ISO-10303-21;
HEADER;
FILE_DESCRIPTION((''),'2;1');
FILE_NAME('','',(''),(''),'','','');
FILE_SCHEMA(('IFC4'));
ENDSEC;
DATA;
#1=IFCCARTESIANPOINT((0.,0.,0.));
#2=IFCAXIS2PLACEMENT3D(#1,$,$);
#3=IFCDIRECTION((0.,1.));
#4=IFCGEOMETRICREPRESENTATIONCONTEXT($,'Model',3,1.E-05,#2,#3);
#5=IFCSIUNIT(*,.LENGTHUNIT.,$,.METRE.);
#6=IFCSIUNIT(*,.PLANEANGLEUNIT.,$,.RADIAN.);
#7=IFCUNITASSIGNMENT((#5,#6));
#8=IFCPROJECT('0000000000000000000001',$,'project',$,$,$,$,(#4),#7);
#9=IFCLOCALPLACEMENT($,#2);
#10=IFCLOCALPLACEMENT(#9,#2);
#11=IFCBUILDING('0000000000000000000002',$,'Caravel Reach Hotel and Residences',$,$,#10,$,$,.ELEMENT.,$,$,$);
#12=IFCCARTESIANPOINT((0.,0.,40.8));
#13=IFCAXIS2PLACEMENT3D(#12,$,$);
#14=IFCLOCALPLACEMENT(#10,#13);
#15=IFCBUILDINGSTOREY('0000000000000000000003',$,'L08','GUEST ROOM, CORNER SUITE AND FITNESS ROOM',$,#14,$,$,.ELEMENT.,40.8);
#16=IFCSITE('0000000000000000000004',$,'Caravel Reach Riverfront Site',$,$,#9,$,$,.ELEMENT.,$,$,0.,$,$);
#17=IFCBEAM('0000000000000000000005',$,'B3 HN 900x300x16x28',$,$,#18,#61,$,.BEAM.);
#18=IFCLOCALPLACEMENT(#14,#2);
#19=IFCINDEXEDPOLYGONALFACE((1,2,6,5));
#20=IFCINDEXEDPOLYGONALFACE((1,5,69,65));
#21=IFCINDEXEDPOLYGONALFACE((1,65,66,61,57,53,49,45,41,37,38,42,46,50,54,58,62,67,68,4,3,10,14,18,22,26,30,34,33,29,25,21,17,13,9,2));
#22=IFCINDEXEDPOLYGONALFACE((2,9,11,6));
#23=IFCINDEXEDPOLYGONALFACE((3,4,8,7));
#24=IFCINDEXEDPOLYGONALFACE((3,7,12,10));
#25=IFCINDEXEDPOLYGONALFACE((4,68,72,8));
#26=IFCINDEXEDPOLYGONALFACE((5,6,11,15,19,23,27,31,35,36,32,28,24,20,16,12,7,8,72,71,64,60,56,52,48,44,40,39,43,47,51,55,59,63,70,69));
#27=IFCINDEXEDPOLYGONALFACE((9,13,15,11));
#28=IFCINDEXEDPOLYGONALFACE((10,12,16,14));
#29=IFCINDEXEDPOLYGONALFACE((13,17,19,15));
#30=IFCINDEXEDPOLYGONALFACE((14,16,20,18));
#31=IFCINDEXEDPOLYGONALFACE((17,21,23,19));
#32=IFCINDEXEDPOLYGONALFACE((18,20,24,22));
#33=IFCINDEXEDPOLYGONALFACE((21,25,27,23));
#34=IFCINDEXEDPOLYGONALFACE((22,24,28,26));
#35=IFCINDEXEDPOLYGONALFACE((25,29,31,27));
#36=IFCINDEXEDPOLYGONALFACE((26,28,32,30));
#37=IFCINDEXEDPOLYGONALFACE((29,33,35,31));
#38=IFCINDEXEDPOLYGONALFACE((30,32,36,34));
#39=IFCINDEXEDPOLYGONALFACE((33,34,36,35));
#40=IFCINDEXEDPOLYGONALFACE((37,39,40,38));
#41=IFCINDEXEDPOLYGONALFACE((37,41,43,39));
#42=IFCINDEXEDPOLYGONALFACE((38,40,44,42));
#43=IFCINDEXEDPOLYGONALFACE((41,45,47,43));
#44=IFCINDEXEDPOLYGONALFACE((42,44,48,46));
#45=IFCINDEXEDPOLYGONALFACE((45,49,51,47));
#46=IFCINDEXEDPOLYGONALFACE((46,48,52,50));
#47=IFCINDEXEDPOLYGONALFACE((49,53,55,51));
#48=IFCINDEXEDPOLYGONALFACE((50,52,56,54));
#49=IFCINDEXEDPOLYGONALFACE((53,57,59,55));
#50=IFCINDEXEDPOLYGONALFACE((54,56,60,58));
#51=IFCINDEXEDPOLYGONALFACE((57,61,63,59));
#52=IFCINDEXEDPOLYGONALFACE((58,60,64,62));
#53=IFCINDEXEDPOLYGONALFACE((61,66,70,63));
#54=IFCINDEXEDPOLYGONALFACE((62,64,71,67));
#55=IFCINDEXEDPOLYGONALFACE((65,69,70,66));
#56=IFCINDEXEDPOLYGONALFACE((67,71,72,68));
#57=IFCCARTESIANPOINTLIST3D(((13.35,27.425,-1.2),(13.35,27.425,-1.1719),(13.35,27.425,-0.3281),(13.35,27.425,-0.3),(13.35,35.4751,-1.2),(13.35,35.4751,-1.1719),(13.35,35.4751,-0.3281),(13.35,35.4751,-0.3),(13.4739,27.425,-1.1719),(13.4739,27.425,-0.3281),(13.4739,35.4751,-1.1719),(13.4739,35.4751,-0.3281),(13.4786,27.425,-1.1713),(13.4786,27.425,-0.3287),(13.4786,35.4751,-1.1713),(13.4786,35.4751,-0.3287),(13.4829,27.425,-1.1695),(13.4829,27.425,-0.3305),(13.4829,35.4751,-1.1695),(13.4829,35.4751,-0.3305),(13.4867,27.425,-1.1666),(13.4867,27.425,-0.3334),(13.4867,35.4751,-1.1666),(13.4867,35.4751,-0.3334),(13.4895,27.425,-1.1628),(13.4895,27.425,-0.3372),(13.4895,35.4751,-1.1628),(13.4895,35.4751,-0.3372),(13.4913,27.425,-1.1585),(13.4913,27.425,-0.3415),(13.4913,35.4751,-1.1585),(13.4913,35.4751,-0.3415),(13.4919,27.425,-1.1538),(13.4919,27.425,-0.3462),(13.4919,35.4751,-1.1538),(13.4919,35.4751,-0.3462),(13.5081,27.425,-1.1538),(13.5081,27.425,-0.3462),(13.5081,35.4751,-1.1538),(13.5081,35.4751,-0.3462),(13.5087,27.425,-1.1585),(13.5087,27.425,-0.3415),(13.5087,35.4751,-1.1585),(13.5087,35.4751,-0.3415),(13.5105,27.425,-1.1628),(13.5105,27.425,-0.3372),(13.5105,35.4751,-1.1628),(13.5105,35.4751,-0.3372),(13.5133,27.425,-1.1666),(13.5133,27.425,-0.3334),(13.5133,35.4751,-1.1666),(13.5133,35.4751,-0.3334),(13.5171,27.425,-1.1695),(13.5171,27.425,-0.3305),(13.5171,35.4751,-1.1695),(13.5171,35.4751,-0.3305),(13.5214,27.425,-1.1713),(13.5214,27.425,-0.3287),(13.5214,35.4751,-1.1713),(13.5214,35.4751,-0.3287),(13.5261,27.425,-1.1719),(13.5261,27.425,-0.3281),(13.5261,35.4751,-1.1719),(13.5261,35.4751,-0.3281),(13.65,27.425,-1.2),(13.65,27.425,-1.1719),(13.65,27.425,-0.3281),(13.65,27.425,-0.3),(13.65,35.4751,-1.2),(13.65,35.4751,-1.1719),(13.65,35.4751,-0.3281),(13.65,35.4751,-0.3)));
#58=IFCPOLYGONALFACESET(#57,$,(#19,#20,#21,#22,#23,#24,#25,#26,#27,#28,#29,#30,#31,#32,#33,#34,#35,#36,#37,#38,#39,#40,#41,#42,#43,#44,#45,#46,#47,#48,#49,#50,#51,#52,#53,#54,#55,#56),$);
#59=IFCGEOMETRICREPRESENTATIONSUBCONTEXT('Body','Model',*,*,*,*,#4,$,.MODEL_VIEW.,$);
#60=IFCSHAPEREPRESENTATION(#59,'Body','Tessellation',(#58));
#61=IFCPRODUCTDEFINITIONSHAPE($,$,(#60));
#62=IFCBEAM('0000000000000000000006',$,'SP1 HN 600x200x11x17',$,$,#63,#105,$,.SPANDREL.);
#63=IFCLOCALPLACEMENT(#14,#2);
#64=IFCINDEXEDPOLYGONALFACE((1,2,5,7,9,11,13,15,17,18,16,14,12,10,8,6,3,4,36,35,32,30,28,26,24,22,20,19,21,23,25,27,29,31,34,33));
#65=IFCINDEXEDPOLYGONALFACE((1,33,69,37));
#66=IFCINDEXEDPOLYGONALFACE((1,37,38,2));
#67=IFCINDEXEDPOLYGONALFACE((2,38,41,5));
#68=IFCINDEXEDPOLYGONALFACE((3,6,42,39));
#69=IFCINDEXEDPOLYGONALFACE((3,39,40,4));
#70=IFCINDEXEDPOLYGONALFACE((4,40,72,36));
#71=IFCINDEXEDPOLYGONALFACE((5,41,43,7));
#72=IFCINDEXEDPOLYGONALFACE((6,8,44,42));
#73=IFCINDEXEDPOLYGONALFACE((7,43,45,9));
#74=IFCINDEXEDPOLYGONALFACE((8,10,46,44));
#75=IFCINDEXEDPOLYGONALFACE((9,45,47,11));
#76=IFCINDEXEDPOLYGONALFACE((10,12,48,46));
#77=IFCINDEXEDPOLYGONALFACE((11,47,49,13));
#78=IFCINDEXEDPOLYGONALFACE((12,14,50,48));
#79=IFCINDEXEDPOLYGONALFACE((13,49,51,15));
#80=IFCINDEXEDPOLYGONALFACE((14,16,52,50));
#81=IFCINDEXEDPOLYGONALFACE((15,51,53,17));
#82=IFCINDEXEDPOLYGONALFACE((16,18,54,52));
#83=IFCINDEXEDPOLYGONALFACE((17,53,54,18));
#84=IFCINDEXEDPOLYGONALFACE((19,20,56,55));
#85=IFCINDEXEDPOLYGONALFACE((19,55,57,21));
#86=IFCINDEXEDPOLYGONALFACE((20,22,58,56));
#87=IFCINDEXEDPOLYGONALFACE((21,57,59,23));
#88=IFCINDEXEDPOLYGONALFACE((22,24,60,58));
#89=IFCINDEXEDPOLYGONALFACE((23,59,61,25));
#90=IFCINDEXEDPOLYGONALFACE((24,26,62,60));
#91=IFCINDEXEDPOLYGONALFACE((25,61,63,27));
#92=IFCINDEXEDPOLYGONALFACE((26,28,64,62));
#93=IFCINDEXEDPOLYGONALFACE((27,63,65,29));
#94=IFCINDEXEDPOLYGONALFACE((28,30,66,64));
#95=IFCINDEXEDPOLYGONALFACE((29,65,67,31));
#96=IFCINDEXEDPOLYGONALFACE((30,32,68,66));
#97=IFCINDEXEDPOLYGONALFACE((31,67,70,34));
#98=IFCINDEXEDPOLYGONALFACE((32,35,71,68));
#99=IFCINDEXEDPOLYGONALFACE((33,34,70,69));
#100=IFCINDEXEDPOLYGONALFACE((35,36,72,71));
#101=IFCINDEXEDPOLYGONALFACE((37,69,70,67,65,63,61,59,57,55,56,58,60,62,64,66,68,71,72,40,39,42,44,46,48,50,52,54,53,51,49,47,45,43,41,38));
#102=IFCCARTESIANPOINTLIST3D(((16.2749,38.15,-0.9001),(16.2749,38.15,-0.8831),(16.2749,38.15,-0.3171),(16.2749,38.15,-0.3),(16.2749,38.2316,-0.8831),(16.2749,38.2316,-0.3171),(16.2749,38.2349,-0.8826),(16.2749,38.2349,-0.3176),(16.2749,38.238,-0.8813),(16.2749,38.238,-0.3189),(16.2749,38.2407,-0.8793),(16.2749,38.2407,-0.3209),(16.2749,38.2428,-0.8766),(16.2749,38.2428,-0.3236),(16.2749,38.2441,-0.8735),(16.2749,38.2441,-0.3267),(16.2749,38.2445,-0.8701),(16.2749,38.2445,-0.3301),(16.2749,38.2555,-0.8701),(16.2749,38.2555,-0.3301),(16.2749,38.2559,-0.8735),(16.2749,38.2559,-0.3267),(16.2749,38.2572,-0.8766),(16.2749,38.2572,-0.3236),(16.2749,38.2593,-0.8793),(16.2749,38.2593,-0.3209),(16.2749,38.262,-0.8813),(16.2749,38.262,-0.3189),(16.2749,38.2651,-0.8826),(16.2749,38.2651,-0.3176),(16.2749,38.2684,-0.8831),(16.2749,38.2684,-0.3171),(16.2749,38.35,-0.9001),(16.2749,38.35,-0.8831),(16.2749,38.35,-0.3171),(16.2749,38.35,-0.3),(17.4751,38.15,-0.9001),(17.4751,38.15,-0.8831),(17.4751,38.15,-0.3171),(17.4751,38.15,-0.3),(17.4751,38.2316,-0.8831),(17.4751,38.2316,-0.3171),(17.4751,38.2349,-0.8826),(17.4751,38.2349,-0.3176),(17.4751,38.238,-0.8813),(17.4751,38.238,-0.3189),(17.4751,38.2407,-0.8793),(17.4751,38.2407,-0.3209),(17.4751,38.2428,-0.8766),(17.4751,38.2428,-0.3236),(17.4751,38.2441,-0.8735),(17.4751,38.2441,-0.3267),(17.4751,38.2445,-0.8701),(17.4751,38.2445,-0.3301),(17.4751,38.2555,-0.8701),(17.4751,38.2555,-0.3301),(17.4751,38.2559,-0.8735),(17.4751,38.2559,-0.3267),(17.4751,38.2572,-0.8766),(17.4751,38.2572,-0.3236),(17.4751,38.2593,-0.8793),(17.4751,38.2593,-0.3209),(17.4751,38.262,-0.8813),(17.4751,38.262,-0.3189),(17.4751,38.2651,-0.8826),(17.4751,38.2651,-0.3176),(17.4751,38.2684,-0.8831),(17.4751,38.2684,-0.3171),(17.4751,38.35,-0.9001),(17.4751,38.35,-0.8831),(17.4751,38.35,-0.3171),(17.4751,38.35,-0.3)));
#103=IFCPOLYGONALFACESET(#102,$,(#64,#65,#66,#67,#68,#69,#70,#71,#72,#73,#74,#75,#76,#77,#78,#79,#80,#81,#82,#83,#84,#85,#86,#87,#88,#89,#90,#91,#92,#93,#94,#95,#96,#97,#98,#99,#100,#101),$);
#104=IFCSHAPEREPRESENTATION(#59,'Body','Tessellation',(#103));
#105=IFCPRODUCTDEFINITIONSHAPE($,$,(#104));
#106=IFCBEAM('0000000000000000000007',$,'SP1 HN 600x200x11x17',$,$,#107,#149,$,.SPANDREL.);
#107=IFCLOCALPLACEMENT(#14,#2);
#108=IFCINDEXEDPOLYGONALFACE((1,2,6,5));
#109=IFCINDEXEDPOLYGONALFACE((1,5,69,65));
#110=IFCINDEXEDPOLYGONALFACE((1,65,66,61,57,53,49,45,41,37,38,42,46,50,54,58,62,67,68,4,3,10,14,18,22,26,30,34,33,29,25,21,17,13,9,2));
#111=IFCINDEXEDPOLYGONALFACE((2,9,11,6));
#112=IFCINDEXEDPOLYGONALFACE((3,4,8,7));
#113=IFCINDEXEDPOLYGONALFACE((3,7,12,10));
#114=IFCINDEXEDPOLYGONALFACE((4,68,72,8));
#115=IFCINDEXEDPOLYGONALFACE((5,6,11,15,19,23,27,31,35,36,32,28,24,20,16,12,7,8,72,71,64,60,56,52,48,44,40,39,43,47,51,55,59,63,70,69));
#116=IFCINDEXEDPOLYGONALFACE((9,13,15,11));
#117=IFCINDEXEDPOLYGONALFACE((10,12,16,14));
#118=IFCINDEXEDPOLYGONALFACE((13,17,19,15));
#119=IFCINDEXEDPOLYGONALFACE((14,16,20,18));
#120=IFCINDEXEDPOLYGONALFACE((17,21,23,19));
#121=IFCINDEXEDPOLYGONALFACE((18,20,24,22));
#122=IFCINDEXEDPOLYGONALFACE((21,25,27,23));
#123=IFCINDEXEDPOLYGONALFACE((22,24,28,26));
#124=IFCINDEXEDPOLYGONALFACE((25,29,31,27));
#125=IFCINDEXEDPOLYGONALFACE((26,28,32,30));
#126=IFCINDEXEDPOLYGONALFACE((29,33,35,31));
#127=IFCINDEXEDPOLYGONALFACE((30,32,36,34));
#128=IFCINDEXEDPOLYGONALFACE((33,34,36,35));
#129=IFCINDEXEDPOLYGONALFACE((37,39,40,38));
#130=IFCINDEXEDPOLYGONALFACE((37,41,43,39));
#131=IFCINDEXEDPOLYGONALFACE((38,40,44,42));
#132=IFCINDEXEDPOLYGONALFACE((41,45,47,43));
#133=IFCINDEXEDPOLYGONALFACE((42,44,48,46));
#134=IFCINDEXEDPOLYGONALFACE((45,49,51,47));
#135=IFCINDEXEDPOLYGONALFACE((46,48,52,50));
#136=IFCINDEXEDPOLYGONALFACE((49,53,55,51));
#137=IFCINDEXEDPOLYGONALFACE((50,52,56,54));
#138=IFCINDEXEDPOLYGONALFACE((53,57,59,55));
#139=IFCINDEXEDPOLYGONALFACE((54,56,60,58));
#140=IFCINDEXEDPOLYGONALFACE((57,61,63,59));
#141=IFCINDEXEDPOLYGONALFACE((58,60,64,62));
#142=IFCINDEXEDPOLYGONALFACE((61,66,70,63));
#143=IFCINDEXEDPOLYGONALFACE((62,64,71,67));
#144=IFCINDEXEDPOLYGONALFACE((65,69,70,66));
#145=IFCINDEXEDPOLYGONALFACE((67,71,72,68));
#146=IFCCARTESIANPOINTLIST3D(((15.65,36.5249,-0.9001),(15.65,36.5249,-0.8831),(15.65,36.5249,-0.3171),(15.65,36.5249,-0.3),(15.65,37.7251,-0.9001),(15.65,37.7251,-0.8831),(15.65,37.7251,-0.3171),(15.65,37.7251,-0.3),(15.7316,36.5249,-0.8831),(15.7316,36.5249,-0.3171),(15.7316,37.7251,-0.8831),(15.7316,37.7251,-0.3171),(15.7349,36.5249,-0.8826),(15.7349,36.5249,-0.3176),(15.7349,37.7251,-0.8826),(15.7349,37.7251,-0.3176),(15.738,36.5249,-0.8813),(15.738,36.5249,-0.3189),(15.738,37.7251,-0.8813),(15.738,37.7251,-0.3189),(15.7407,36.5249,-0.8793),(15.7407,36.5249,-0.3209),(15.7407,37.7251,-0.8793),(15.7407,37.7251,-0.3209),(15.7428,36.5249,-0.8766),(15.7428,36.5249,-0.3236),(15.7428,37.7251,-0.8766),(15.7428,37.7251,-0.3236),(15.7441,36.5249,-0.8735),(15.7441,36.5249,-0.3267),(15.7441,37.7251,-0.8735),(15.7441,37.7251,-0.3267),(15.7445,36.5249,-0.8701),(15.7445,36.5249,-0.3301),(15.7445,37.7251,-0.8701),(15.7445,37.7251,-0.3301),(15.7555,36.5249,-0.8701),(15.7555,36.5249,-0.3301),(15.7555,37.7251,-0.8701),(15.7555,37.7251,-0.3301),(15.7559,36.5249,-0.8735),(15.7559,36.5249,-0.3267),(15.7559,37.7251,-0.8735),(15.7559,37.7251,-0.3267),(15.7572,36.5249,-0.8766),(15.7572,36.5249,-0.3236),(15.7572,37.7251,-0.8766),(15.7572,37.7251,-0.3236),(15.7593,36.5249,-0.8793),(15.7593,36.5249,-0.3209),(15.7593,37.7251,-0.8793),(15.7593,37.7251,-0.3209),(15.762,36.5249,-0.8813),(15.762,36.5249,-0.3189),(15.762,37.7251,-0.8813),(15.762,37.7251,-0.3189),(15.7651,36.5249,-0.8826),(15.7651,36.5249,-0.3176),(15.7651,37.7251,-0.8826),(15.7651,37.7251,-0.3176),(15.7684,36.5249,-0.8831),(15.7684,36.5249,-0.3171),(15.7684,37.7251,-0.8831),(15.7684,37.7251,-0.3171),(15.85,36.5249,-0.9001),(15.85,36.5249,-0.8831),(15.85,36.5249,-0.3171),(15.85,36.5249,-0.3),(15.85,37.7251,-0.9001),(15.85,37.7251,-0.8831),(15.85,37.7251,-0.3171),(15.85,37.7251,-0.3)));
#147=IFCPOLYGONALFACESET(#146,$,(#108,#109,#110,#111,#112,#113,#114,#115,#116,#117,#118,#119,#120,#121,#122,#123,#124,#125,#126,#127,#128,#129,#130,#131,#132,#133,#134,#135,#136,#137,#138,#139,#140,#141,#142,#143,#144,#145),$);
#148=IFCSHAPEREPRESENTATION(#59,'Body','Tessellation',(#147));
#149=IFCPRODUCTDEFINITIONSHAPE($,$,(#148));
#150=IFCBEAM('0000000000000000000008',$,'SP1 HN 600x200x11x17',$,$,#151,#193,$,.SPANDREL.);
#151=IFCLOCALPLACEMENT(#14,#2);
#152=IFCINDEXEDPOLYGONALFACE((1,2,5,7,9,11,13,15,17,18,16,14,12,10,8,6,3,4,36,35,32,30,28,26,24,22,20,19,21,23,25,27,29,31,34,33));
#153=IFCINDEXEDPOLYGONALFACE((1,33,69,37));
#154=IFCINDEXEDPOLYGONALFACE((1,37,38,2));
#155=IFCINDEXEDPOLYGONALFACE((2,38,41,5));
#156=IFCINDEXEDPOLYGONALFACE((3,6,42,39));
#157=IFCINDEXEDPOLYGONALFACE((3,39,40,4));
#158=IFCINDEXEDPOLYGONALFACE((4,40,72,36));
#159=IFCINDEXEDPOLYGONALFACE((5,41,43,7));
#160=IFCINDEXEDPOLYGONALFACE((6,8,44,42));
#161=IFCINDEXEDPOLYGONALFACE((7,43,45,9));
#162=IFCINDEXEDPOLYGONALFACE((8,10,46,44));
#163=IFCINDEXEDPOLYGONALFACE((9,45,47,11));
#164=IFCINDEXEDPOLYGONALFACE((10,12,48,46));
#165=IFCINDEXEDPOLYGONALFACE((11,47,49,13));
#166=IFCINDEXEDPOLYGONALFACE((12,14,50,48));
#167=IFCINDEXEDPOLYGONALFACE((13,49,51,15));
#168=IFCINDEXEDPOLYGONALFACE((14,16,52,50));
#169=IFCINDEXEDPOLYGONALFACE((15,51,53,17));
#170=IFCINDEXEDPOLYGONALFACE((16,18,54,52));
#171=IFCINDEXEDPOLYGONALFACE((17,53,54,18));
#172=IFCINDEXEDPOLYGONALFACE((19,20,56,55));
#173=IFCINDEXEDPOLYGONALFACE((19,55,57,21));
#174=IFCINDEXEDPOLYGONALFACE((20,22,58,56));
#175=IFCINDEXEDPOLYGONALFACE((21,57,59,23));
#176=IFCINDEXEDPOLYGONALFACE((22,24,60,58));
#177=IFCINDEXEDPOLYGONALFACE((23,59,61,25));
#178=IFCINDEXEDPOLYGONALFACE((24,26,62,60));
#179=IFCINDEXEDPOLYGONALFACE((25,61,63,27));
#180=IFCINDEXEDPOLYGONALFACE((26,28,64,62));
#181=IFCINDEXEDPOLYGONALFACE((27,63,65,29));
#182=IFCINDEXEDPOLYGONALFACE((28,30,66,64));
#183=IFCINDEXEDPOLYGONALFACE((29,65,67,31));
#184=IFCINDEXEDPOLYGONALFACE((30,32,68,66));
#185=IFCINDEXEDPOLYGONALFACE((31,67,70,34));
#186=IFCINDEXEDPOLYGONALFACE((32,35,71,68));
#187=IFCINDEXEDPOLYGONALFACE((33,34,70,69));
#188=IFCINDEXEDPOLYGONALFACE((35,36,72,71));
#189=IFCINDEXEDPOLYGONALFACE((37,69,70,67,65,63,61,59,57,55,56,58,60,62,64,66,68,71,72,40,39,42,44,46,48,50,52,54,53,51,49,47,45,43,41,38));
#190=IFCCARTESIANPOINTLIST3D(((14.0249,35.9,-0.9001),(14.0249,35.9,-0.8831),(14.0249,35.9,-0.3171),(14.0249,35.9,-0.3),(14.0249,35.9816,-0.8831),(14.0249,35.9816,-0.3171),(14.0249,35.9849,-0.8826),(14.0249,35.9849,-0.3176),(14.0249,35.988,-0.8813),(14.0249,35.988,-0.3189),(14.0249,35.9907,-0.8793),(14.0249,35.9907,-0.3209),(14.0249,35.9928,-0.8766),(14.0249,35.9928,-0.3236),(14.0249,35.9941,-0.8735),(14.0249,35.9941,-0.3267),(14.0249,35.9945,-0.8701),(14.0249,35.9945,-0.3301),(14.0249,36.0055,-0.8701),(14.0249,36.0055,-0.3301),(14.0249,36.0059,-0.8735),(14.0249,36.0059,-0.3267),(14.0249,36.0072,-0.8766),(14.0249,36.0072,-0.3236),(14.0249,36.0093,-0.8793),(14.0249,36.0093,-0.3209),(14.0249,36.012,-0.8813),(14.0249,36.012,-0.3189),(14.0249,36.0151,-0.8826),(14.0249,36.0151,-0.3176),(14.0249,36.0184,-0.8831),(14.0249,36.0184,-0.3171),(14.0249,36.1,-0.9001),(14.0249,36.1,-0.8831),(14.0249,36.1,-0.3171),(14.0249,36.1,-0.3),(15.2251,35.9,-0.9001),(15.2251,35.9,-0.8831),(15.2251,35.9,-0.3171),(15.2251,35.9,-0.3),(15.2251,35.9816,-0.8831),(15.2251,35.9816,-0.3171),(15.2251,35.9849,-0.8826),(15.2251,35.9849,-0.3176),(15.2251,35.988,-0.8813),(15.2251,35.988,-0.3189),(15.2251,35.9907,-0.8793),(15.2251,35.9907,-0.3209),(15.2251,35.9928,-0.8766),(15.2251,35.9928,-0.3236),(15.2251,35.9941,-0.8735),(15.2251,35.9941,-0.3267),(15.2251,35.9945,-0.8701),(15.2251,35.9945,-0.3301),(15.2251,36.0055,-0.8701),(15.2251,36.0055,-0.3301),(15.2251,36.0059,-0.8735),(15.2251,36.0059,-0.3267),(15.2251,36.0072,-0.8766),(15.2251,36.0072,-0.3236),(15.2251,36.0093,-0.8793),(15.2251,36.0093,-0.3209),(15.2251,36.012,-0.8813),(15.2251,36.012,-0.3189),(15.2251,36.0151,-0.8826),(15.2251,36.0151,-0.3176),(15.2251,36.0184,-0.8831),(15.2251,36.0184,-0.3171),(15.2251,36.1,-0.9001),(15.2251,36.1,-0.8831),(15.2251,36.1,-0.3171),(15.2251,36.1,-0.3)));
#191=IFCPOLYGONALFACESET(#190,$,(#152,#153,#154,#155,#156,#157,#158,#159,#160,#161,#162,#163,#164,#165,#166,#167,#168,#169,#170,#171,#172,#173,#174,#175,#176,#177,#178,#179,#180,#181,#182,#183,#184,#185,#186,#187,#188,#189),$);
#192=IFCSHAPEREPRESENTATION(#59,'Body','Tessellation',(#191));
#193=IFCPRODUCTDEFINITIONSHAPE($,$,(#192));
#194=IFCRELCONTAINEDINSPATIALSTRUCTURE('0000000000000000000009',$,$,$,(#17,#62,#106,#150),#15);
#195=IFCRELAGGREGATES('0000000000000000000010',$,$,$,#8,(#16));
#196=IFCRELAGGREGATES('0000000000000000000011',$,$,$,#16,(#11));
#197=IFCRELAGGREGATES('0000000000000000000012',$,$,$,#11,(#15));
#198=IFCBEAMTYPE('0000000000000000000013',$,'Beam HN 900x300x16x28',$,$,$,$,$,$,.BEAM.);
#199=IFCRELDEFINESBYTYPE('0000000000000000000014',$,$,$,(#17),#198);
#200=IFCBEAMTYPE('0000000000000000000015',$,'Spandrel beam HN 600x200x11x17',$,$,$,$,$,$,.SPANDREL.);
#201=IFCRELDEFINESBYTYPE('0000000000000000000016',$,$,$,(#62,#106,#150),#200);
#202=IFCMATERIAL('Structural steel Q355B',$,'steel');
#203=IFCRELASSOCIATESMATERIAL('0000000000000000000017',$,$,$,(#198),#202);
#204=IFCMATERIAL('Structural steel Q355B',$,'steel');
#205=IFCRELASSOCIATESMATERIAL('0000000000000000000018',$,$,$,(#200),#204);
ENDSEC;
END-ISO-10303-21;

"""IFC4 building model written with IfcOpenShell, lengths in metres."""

from ifc_helpers import new_model, si_unit, direction, frame, origin, origin_2d, place, context, subcontext, project, spatial, i_section, extrude, material, material_profile, profile_set, type_object, element, save


model = new_model("IFC4")

# Units and contexts
model_context = context("Model", 3, precision=1e-05, world=origin(), true_north=direction((0.0, 1.0)))
body_context = subcontext(model_context, "Body", "Model", "MODEL_VIEW")
ifc_project = project(units=[si_unit("LENGTHUNIT", "METRE"), si_unit("PLANEANGLEUNIT", "RADIAN")], contexts=[model_context])

# Site, building, storey
site_placement = place(None, origin())
site = spatial("IfcSite", under=ifc_project, at=site_placement, Name="Caravel Reach Riverfront Site", CompositionType="ELEMENT", RefElevation=0.0)
building_placement = place(site_placement, origin())
building = spatial("IfcBuilding", under=site, at=building_placement, Name="Caravel Reach Hotel and Residences", CompositionType="ELEMENT")
storey_placement = place(building_placement, frame((0.0, 0.0, 40.8)))
storey = spatial("IfcBuildingStorey", under=building, at=storey_placement, Name="L08", Description="GUEST ROOM, CORNER SUITE AND FITNESS ROOM", CompositionType="ELEMENT", Elevation=40.8)

# Beams
ifc_material_1 = material(Name="Structural steel Q355B", Category="steel")
ifc_material_profile_1 = material_profile(ifc_material_1, i_section(OverallWidth=0.3, OverallDepth=0.8999, WebThickness=0.0161, FlangeThickness=0.0281, FilletRadius=0.0181, at=origin_2d()), Name="HN 900x300x16x28")
ifc_profile_set_1 = profile_set([ifc_material_profile_1], Name="Structural steel Q355B")
beam_type_1 = type_object("IfcBeamType", Name="Beam HN 900x300x16x28", PredefinedType="BEAM", material=ifc_profile_set_1)
beam_1_placement = place(storey_placement, frame((13.5, 27.425, -0.75), z_axis=(0.0, 1.0, 0.0), x_axis=(-1.0, 0.0, 0.0)))
element("IfcBeam", 1, at=beam_1_placement, inside=storey, type_object=beam_type_1, Name="B3 HN 900x300x16x28", PredefinedType="BEAM", context=body_context, shape_type="SweptSolid", body=[
    extrude(i_section(OverallWidth=0.3, OverallDepth=0.8999, WebThickness=0.0161, FlangeThickness=0.0281, FilletRadius=0.0181, at=origin_2d()), origin(), (0.0, 0.0, 1.0), 8.05),
])
ifc_material_2 = material(Name="Structural steel Q355B", Category="steel")
ifc_material_profile_2 = material_profile(ifc_material_2, i_section(OverallWidth=0.2, OverallDepth=0.6001, WebThickness=0.011, FlangeThickness=0.0171, FilletRadius=0.0129, at=origin_2d()), Name="HN 600x200x11x17")
ifc_profile_set_2 = profile_set([ifc_material_profile_2], Name="Structural steel Q355B")
beam_type_2 = type_object("IfcBeamType", Name="Spandrel beam HN 600x200x11x17", PredefinedType="SPANDREL", material=ifc_profile_set_2)
for number, where, z_axis, x_axis, name in (
    (2, (17.4751, 38.25, -0.6001), (-1.0, 0.0, 0.0), (0.0, -1.0, 0.0), "SP1 HN 600x200x11x17"),
    (3, (15.75, 37.7251, -0.6001), (0.0, -1.0, 0.0), (1.0, 0.0, 0.0), "SP1 HN 600x200x11x17"),
    (4, (15.2251, 36.0, -0.6001), (-1.0, 0.0, 0.0), (0.0, -1.0, 0.0), "SP1 HN 600x200x11x17"),
):
    element("IfcBeam", number, at=place(storey_placement, frame(where, z_axis=z_axis, x_axis=x_axis)), inside=storey, type_object=beam_type_2, Name=name, PredefinedType="SPANDREL", context=body_context, shape_type="SweptSolid", body=[
        extrude(i_section(OverallWidth=0.2, OverallDepth=0.6001, WebThickness=0.011, FlangeThickness=0.0171, FilletRadius=0.0129, at=origin_2d()), origin(), (0.0, 0.0, 1.0), 1.2002),
    ])

save(model, "model.ifc")
